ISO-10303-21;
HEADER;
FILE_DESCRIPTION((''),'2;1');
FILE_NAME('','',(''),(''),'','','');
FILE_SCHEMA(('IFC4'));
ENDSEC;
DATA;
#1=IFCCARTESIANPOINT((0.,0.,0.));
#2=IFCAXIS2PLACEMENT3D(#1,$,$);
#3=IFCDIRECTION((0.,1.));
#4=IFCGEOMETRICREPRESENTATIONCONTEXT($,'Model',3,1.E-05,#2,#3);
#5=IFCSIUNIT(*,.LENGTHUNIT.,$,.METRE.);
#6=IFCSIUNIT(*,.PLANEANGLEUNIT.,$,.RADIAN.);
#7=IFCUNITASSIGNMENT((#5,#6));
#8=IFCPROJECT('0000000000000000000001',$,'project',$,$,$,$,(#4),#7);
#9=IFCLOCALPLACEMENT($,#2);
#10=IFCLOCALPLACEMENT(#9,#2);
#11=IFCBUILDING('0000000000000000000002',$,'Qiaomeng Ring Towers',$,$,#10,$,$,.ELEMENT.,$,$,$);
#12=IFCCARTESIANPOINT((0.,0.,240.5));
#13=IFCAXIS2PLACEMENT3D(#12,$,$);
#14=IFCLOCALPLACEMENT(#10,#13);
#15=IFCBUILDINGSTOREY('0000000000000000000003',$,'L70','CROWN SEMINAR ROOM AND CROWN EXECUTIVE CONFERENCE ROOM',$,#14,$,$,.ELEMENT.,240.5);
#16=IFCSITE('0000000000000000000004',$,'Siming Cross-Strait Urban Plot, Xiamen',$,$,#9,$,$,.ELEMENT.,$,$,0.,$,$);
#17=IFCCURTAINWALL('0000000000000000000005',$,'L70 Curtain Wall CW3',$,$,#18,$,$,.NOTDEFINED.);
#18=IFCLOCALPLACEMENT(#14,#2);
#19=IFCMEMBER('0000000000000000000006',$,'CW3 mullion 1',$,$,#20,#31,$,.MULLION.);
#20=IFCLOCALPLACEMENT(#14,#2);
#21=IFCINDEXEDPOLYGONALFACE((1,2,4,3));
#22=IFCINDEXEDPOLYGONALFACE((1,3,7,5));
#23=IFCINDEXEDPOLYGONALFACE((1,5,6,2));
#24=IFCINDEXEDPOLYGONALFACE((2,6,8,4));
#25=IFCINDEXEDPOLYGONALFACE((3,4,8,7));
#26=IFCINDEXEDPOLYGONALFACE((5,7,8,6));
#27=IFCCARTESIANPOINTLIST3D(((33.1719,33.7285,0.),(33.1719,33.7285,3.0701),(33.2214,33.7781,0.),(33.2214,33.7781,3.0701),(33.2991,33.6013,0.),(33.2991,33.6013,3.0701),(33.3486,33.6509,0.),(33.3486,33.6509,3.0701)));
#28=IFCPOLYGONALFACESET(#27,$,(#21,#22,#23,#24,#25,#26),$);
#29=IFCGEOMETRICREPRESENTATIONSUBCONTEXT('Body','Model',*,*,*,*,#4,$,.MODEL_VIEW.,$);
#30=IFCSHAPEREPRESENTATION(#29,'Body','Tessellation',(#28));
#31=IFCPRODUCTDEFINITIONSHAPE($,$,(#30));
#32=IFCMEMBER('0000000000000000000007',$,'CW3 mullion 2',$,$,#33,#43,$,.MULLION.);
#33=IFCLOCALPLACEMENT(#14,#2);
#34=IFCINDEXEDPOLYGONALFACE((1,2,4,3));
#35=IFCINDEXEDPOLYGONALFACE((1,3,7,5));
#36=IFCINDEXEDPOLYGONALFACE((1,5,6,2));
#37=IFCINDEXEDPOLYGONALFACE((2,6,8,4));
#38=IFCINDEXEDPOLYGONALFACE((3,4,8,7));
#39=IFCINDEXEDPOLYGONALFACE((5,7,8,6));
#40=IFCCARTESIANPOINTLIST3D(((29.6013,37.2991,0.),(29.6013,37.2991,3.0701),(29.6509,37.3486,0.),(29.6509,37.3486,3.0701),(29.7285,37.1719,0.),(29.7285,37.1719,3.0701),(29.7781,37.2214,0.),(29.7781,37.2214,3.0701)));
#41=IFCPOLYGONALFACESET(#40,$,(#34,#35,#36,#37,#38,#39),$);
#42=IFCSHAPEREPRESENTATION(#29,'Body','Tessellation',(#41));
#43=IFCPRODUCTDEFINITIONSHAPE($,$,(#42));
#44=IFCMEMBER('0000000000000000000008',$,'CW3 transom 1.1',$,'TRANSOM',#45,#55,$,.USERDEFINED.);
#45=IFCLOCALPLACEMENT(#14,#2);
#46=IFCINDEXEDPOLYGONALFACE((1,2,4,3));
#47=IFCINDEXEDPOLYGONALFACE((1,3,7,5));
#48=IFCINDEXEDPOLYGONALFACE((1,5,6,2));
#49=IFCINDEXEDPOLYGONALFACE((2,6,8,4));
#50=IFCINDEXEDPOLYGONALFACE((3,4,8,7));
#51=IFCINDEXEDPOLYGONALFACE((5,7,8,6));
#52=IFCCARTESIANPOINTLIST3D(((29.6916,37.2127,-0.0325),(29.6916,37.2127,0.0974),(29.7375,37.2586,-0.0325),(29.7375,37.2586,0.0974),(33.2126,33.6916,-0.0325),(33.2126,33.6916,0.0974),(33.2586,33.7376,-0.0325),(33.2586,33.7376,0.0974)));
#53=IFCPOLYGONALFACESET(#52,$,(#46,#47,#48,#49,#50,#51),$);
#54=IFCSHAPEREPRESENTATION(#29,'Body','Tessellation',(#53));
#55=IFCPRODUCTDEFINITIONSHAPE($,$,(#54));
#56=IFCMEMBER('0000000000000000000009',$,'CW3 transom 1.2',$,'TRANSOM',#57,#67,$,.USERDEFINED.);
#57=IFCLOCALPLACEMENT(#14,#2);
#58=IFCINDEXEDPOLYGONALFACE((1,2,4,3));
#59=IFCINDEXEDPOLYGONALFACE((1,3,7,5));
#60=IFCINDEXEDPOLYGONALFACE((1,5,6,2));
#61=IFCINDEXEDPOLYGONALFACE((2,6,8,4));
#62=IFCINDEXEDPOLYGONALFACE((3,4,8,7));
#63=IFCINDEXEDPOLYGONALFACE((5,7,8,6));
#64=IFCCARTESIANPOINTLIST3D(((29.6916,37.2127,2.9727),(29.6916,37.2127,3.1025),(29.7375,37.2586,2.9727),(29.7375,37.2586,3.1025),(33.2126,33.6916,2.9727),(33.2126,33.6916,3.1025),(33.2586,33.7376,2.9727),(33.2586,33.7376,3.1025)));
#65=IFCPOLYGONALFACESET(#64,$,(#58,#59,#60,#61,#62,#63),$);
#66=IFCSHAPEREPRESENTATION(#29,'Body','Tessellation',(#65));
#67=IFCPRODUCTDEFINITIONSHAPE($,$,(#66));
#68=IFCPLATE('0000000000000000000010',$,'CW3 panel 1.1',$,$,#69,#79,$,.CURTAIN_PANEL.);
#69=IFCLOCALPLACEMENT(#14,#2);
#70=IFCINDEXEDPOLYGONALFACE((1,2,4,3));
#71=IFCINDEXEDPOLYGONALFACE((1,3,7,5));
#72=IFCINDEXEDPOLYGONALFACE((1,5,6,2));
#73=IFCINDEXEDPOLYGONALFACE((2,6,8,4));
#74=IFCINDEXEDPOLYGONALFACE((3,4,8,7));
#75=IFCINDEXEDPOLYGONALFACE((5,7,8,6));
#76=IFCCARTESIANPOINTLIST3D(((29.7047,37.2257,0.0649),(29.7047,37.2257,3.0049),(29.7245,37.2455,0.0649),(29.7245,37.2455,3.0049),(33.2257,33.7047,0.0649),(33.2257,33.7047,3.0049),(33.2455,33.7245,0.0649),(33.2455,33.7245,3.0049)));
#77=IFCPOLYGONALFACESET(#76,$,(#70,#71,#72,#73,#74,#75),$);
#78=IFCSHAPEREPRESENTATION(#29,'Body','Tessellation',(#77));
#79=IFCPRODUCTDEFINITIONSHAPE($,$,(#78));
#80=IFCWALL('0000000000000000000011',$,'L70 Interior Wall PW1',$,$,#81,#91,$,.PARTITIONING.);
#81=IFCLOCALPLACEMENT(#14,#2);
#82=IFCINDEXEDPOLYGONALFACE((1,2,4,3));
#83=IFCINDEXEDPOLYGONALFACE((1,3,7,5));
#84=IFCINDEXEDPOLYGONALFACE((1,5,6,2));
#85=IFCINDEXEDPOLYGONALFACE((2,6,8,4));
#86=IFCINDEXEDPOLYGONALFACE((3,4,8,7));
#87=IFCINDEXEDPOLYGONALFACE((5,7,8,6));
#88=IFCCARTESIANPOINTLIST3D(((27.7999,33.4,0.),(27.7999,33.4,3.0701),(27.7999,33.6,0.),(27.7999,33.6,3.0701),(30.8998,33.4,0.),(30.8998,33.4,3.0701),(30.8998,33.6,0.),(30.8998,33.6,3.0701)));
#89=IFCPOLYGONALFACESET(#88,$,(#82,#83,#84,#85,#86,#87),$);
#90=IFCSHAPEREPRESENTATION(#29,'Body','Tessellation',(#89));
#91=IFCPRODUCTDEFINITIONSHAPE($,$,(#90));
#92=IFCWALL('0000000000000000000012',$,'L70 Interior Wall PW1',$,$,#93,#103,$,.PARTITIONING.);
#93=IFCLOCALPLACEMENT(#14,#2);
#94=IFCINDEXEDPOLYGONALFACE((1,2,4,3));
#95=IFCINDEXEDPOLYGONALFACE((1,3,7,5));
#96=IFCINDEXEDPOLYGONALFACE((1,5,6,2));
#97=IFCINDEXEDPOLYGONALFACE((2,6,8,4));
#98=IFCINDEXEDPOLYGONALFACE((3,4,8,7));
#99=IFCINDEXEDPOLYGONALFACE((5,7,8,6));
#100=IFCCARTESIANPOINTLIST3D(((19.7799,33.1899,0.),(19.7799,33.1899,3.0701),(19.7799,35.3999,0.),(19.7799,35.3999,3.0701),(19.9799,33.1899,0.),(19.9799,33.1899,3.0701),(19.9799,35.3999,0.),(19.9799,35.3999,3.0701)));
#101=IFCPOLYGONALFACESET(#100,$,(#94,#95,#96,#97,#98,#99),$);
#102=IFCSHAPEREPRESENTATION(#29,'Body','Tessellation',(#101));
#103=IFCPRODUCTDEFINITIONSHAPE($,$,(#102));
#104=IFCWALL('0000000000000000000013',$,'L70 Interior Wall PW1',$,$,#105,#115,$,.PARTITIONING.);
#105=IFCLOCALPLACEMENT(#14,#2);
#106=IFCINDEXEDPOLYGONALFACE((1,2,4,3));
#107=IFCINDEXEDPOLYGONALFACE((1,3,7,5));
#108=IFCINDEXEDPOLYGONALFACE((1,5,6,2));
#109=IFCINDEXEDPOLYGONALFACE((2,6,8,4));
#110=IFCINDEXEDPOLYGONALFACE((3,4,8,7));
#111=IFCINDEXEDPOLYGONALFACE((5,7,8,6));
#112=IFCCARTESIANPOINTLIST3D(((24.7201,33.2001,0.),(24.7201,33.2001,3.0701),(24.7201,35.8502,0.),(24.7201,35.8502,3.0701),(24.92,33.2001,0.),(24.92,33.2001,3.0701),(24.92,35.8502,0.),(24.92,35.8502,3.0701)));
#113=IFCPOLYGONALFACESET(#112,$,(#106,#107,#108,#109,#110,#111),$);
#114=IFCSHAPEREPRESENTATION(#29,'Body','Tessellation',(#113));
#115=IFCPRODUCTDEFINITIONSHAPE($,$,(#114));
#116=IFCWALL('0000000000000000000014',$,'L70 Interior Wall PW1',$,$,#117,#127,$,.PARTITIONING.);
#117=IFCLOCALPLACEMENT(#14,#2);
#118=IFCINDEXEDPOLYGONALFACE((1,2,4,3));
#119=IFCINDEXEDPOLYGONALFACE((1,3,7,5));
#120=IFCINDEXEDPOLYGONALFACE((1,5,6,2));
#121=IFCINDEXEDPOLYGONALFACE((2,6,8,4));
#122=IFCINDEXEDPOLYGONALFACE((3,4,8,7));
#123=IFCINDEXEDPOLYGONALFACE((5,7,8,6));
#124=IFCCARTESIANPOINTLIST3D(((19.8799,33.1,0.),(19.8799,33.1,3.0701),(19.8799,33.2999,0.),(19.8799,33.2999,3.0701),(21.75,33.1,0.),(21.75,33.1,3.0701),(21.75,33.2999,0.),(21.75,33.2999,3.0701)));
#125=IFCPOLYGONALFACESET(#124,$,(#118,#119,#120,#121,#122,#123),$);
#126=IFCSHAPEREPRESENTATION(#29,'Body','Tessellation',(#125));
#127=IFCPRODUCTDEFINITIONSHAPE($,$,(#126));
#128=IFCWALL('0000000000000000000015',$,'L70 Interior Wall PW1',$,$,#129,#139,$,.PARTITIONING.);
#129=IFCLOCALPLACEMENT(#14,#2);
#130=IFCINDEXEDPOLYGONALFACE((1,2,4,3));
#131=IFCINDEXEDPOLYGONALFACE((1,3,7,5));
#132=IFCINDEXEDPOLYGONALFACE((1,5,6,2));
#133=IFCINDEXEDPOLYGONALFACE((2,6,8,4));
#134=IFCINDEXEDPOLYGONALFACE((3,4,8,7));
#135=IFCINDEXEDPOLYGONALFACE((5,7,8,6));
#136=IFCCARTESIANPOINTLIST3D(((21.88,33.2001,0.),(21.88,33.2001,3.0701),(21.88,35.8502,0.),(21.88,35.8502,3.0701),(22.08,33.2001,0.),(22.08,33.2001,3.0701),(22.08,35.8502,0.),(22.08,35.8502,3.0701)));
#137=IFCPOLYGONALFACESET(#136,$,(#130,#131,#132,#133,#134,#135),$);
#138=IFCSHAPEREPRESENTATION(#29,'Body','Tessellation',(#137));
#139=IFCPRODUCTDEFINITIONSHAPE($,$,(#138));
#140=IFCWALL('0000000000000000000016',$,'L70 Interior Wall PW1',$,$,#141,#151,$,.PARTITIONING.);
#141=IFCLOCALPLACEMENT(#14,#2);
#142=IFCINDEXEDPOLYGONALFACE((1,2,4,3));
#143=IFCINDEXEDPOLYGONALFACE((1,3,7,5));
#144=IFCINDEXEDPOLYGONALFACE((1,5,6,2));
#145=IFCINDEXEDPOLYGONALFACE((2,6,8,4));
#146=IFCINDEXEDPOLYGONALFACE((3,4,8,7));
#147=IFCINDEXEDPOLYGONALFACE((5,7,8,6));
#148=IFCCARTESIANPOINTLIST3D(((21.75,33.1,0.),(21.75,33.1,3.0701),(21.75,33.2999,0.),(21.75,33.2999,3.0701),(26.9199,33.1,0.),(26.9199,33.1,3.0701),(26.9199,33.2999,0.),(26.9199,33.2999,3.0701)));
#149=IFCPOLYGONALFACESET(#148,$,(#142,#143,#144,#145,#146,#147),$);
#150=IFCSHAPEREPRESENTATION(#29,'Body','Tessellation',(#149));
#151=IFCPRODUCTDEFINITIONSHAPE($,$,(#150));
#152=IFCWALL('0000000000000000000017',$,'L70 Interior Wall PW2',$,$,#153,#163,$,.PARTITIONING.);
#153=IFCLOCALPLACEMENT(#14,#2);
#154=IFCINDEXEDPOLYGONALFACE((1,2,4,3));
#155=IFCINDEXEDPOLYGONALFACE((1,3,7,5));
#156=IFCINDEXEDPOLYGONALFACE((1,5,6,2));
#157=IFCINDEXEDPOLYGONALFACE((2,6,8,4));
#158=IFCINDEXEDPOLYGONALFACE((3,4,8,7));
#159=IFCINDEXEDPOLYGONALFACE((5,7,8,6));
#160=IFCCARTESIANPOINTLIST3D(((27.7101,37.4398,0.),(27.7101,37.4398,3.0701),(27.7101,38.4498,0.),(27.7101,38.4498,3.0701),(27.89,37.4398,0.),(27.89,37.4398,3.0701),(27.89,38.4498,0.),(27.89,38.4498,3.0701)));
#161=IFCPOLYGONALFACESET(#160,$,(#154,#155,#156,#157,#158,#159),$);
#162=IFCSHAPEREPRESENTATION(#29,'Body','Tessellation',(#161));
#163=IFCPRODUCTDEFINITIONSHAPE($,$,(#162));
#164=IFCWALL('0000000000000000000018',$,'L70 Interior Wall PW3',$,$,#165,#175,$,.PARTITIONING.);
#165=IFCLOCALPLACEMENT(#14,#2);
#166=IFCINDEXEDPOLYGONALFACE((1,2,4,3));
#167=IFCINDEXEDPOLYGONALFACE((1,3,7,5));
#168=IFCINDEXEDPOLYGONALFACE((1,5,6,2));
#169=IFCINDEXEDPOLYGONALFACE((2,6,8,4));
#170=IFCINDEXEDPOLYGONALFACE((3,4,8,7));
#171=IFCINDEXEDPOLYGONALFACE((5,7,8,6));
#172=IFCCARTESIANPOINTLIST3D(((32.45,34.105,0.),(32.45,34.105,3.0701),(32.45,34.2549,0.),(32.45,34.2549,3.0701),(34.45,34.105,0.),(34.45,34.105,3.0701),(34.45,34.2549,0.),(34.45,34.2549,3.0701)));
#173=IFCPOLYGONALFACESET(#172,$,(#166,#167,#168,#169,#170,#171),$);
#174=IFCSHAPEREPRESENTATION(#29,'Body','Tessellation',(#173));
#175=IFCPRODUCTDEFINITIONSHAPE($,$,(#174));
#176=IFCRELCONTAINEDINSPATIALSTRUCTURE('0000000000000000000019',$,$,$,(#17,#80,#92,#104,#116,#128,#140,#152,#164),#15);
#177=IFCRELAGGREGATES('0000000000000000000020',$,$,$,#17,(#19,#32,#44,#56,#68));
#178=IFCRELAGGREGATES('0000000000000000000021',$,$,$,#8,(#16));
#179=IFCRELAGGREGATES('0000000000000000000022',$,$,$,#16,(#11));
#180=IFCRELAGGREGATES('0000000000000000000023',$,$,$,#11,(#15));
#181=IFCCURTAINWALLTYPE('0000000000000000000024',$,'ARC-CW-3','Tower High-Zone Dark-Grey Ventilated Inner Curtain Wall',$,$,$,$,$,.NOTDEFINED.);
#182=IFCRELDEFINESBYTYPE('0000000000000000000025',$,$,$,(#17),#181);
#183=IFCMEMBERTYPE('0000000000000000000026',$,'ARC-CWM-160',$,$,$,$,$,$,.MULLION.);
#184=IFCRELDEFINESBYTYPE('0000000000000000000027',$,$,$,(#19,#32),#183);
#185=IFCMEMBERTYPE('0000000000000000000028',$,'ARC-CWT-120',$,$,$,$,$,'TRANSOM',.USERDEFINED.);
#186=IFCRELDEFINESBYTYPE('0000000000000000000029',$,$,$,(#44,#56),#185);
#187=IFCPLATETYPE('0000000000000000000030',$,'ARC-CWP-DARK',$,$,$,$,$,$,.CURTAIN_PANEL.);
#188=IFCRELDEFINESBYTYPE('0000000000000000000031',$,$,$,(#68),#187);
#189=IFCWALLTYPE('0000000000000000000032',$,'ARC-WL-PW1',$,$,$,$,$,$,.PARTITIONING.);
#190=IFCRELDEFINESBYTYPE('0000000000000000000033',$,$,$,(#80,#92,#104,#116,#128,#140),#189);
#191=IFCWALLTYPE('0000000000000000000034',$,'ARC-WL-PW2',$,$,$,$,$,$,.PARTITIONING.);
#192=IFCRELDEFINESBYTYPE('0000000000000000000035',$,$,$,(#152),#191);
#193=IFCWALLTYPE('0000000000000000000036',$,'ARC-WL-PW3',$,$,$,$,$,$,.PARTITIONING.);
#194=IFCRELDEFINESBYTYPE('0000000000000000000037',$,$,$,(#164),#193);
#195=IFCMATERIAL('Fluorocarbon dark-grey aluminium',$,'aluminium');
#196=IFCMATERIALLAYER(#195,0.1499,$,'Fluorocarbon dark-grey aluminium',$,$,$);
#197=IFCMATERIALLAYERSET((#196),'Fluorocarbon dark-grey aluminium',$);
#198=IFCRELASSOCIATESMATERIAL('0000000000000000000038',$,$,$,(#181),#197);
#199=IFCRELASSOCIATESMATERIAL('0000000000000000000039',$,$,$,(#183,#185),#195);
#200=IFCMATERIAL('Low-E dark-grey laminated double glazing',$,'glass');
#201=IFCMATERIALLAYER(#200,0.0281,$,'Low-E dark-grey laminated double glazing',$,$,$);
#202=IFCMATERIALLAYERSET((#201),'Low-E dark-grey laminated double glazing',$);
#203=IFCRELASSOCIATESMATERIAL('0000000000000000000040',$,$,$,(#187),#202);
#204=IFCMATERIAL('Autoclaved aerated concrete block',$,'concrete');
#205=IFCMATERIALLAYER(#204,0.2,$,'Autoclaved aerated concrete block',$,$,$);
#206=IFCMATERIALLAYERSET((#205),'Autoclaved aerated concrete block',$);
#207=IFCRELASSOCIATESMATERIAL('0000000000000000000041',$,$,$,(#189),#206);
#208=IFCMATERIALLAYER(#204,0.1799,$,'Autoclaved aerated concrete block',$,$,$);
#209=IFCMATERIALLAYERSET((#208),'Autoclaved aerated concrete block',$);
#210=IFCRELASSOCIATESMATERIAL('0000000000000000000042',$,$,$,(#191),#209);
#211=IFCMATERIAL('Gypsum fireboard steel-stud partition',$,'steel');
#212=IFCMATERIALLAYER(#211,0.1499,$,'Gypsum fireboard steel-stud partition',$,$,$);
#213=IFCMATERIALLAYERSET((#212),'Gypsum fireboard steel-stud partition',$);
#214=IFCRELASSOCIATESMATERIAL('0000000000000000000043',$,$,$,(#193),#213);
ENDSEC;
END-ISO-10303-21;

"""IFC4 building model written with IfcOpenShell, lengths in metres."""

from ifc_helpers import new_model, si_unit, direction, frame, frame_2d, origin, origin_2d, place, context, subcontext, project, spatial, rectangle, extrude, source, transform, mapped, material, layer, layer_set, material_profile, profile_set, type_object, element, aggregate, save


model = new_model("IFC4")

# Units and contexts
model_context = context("Model", 3, precision=1e-05, world=origin(), true_north=direction((0.0, 1.0)))
body_context = subcontext(model_context, "Body", "Model", "MODEL_VIEW")
ifc_project = project(units=[si_unit("LENGTHUNIT", "METRE"), si_unit("PLANEANGLEUNIT", "RADIAN")], contexts=[model_context])

# Site, building, storey
site_placement = place(None, origin())
site = spatial("IfcSite", under=ifc_project, at=site_placement, Name="Siming Cross-Strait Urban Plot, Xiamen", CompositionType="ELEMENT", RefElevation=0.0)
building_placement = place(site_placement, origin())
building = spatial("IfcBuilding", under=site, at=building_placement, Name="Qiaomeng Ring Towers", CompositionType="ELEMENT")
storey_placement = place(building_placement, frame((0.0, 0.0, 240.5)))
storey = spatial("IfcBuildingStorey", under=building, at=storey_placement, Name="L70", Description="CROWN SEMINAR ROOM AND CROWN EXECUTIVE CONFERENCE ROOM", CompositionType="ELEMENT", Elevation=240.5)

# Curtain wall, members, plate
ifc_material_1 = material(Name="Fluorocarbon dark-grey aluminium", Category="aluminium")
ifc_layer_1 = layer(ifc_material_1, 0.1499, Name="Fluorocarbon dark-grey aluminium")
ifc_layer_set_1 = layer_set([ifc_layer_1], Name="Fluorocarbon dark-grey aluminium")
curtain_wall_type = type_object("IfcCurtainWallType", Name="ARC-CW-3", Description="Tower High-Zone Dark-Grey Ventilated Inner Curtain Wall", PredefinedType="NOTDEFINED", material=ifc_layer_set_1)
curtain_wall_placement = place(storey_placement, origin())
curtain_wall = element("IfcCurtainWall", 1, at=curtain_wall_placement, inside=storey, type_object=curtain_wall_type, Name="L70 Curtain Wall CW3", PredefinedType="NOTDEFINED")
ifc_material_profile_1 = material_profile(ifc_material_1, rectangle(XDim=0.0701, YDim=0.1799, at=origin_2d()), Name="ALU MULL 70x180")
ifc_profile_set_1 = profile_set([ifc_material_profile_1], Name="Fluorocarbon dark-grey aluminium")
member_type_1 = type_object("IfcMemberType", Name="ARC-CWM-160", PredefinedType="MULLION", material=ifc_profile_set_1)
shared_shape_1 = source(origin(), body_context, "Body", "SweptSolid", [
    extrude(rectangle(XDim=0.0701, YDim=0.1799, at=origin_2d()), origin(), (0.0, 0.0, 1.0), 3.0701),
])
member_1_placement = place(storey_placement, frame((33.2603, 33.6897, 0.0), z_axis=(0.0, 0.0, 1.0), x_axis=(-0.707107, -0.707107, 0.0)))
member_1 = element("IfcMember", 2, at=member_1_placement, type_object=member_type_1, Name="CW3 mullion 1", PredefinedType="MULLION", context=body_context, shape_type="MappedRepresentation", body=[
    mapped(shared_shape_1, transform((0.0, 0.0, 0.0), x_axis=(1.0, 0.0, 0.0), y_axis=(0.0, 1.0, 0.0), z_axis=(0.0, 0.0, 1.0), scale=1.0)),
])
member_2_placement = place(storey_placement, frame((29.6897, 37.2603, 0.0), z_axis=(0.0, 0.0, 1.0), x_axis=(-0.707107, -0.707107, 0.0)))
member_2 = element("IfcMember", 3, at=member_2_placement, type_object=member_type_1, Name="CW3 mullion 2", PredefinedType="MULLION", context=body_context, shape_type="MappedRepresentation", body=[
    mapped(shared_shape_1, transform((0.0, 0.0, 0.0), x_axis=(1.0, 0.0, 0.0), y_axis=(0.0, 1.0, 0.0), z_axis=(0.0, 0.0, 1.0), scale=1.0)),
])
ifc_material_profile_2 = material_profile(ifc_material_1, rectangle(XDim=0.0649, YDim=0.1299, at=origin_2d()), Name="ALU TRAN 65x130")
ifc_profile_set_2 = profile_set([ifc_material_profile_2], Name="Fluorocarbon dark-grey aluminium")
member_type_2 = type_object("IfcMemberType", Name="ARC-CWT-120", ElementType="TRANSOM", PredefinedType="USERDEFINED", material=ifc_profile_set_2)
shared_shape_2 = source(origin(), body_context, "Body", "SweptSolid", [
    extrude(rectangle(XDim=0.0649, YDim=0.1299, at=origin_2d()), origin(), (0.0, 0.0, 1.0), 4.9795),
])
member_3_placement = place(storey_placement, frame((33.2356, 33.7146, 0.0325), z_axis=(-0.707107, 0.707107, 0.0), x_axis=(-0.707107, -0.707107, 0.0)))
member_3 = element("IfcMember", 4, at=member_3_placement, type_object=member_type_2, Name="CW3 transom 1.1", ObjectType="TRANSOM", PredefinedType="USERDEFINED", context=body_context, shape_type="MappedRepresentation", body=[
    mapped(shared_shape_2, transform((0.0, 0.0, 0.0), x_axis=(1.0, 0.0, 0.0), y_axis=(0.0, 1.0, 0.0), z_axis=(0.0, 0.0, 1.0), scale=1.0)),
])
member_4_placement = place(storey_placement, frame((33.2356, 33.7146, 3.0376), z_axis=(-0.707107, 0.707107, 0.0), x_axis=(-0.707107, -0.707107, 0.0)))
member_4 = element("IfcMember", 5, at=member_4_placement, type_object=member_type_2, Name="CW3 transom 1.2", ObjectType="TRANSOM", PredefinedType="USERDEFINED", context=body_context, shape_type="MappedRepresentation", body=[
    mapped(shared_shape_2, transform((0.0, 0.0, 0.0), x_axis=(1.0, 0.0, 0.0), y_axis=(0.0, 1.0, 0.0), z_axis=(0.0, 0.0, 1.0), scale=1.0)),
])
ifc_material_2 = material(Name="Low-E dark-grey laminated double glazing", Category="glass")
ifc_layer_2 = layer(ifc_material_2, 0.0281, Name="Low-E dark-grey laminated double glazing")
ifc_layer_set_2 = layer_set([ifc_layer_2], Name="Low-E dark-grey laminated double glazing")
plate_type = type_object("IfcPlateType", Name="ARC-CWP-DARK", PredefinedType="CURTAIN_PANEL", material=ifc_layer_set_2)
shared_shape_3 = source(origin(), body_context, "Body", "SweptSolid", [
    extrude(rectangle(XDim=4.9795, YDim=0.0281, at=origin_2d()), origin(), (0.0, 0.0, 1.0), 2.9399),
])
plate_placement = place(storey_placement, frame((31.4751, 35.4751, 0.0649), z_axis=(0.0, 0.0, 1.0), x_axis=(-0.707107, 0.707107, 0.0)))
plate = element("IfcPlate", 6, at=plate_placement, type_object=plate_type, Name="CW3 panel 1.1", PredefinedType="CURTAIN_PANEL", context=body_context, shape_type="MappedRepresentation", body=[
    mapped(shared_shape_3, transform((0.0, 0.0, 0.0), x_axis=(1.0, 0.0, 0.0), y_axis=(0.0, 1.0, 0.0), z_axis=(0.0, 0.0, 1.0), scale=1.0)),
])
aggregate(curtain_wall, [member_1, member_2, member_3, member_4, plate])

# Walls
ifc_material_3 = material(Name="Autoclaved aerated concrete block", Category="concrete")
ifc_layer_3 = layer(ifc_material_3, 0.2, Name="Autoclaved aerated concrete block")
ifc_layer_set_3 = layer_set([ifc_layer_3], Name="Autoclaved aerated concrete block")
wall_type_1 = type_object("IfcWallType", Name="ARC-WL-PW1", PredefinedType="PARTITIONING", material=ifc_layer_set_3)
wall_1_placement = place(storey_placement, frame((27.8, 33.5, 0.0), z_axis=(0.0, 0.0, 1.0), x_axis=(1.0, 0.0, 0.0)))
element("IfcWall", 7, at=wall_1_placement, inside=storey, type_object=wall_type_1, Name="L70 Interior Wall PW1", PredefinedType="PARTITIONING", context=body_context, shape_type="SweptSolid", body=[
    extrude(rectangle(XDim=3.0999, YDim=0.2, at=frame_2d((1.5498, 0.0))), origin(), (0.0, 0.0, 1.0), 3.0701),
])
wall_2_placement = place(storey_placement, frame((19.8799, 33.1899, 0.0), z_axis=(0.0, 0.0, 1.0), x_axis=(0.0, 1.0, 0.0)))
element("IfcWall", 8, at=wall_2_placement, inside=storey, type_object=wall_type_1, Name="L70 Interior Wall PW1", PredefinedType="PARTITIONING", context=body_context, shape_type="SweptSolid", body=[
    extrude(rectangle(XDim=2.21, YDim=0.2, at=frame_2d((1.105, 0.0))), origin(), (0.0, 0.0, 1.0), 3.0701),
])
wall_3_placement = place(storey_placement, frame((24.8201, 33.2, 0.0), z_axis=(0.0, 0.0, 1.0), x_axis=(0.0, 1.0, 0.0)))
element("IfcWall", 9, at=wall_3_placement, inside=storey, type_object=wall_type_1, Name="L70 Interior Wall PW1", PredefinedType="PARTITIONING", context=body_context, shape_type="SweptSolid", body=[
    extrude(rectangle(XDim=2.6501, YDim=0.2, at=frame_2d((1.3252, 0.0))), origin(), (0.0, 0.0, 1.0), 3.0701),
])
wall_4_placement = place(storey_placement, frame((19.8799, 33.2, 0.0), z_axis=(0.0, 0.0, 1.0), x_axis=(1.0, 0.0, 0.0)))
element("IfcWall", 10, at=wall_4_placement, inside=storey, type_object=wall_type_1, Name="L70 Interior Wall PW1", PredefinedType="PARTITIONING", context=body_context, shape_type="SweptSolid", body=[
    extrude(rectangle(XDim=1.8701, YDim=0.2, at=frame_2d((0.9351, 0.0))), origin(), (0.0, 0.0, 1.0), 3.0701),
])
wall_5_placement = place(storey_placement, frame((21.98, 33.2, 0.0), z_axis=(0.0, 0.0, 1.0), x_axis=(0.0, 1.0, 0.0)))
element("IfcWall", 11, at=wall_5_placement, inside=storey, type_object=wall_type_1, Name="L70 Interior Wall PW1", PredefinedType="PARTITIONING", context=body_context, shape_type="SweptSolid", body=[
    extrude(rectangle(XDim=2.6501, YDim=0.2, at=frame_2d((1.3252, 0.0))), origin(), (0.0, 0.0, 1.0), 3.0701),
])
wall_6_placement = place(storey_placement, frame((21.75, 33.2, 0.0), z_axis=(0.0, 0.0, 1.0), x_axis=(1.0, 0.0, 0.0)))
element("IfcWall", 12, at=wall_6_placement, inside=storey, type_object=wall_type_1, Name="L70 Interior Wall PW1", PredefinedType="PARTITIONING", context=body_context, shape_type="SweptSolid", body=[
    extrude(rectangle(XDim=5.1699, YDim=0.2, at=frame_2d((2.585, 0.0))), origin(), (0.0, 0.0, 1.0), 3.0701),
])
ifc_layer_4 = layer(ifc_material_3, 0.1799, Name="Autoclaved aerated concrete block")
ifc_layer_set_4 = layer_set([ifc_layer_4], Name="Autoclaved aerated concrete block")
wall_type_2 = type_object("IfcWallType", Name="ARC-WL-PW2", PredefinedType="PARTITIONING", material=ifc_layer_set_4)
wall_7_placement = place(storey_placement, frame((27.8, 37.4399, 0.0), z_axis=(0.0, 0.0, 1.0), x_axis=(0.0, 1.0, 0.0)))
element("IfcWall", 13, at=wall_7_placement, inside=storey, type_object=wall_type_2, Name="L70 Interior Wall PW2", PredefinedType="PARTITIONING", context=body_context, shape_type="SweptSolid", body=[
    extrude(rectangle(XDim=1.01, YDim=0.1799, at=frame_2d((0.5049, 0.0))), origin(), (0.0, 0.0, 1.0), 3.0701),
])
ifc_material_4 = material(Name="Gypsum fireboard steel-stud partition", Category="steel")
ifc_layer_5 = layer(ifc_material_4, 0.1499, Name="Gypsum fireboard steel-stud partition")
ifc_layer_set_5 = layer_set([ifc_layer_5], Name="Gypsum fireboard steel-stud partition")
wall_type_3 = type_object("IfcWallType", Name="ARC-WL-PW3", PredefinedType="PARTITIONING", material=ifc_layer_set_5)
wall_8_placement = place(storey_placement, frame((32.45, 34.1799, 0.0), z_axis=(0.0, 0.0, 1.0), x_axis=(1.0, 0.0, 0.0)))
element("IfcWall", 14, at=wall_8_placement, inside=storey, type_object=wall_type_3, Name="L70 Interior Wall PW3", PredefinedType="PARTITIONING", context=body_context, shape_type="SweptSolid", body=[
    extrude(rectangle(XDim=2.0, YDim=0.1499, at=frame_2d((1.0, 0.0))), origin(), (0.0, 0.0, 1.0), 3.0701),
])

save(model, "model.ifc")
